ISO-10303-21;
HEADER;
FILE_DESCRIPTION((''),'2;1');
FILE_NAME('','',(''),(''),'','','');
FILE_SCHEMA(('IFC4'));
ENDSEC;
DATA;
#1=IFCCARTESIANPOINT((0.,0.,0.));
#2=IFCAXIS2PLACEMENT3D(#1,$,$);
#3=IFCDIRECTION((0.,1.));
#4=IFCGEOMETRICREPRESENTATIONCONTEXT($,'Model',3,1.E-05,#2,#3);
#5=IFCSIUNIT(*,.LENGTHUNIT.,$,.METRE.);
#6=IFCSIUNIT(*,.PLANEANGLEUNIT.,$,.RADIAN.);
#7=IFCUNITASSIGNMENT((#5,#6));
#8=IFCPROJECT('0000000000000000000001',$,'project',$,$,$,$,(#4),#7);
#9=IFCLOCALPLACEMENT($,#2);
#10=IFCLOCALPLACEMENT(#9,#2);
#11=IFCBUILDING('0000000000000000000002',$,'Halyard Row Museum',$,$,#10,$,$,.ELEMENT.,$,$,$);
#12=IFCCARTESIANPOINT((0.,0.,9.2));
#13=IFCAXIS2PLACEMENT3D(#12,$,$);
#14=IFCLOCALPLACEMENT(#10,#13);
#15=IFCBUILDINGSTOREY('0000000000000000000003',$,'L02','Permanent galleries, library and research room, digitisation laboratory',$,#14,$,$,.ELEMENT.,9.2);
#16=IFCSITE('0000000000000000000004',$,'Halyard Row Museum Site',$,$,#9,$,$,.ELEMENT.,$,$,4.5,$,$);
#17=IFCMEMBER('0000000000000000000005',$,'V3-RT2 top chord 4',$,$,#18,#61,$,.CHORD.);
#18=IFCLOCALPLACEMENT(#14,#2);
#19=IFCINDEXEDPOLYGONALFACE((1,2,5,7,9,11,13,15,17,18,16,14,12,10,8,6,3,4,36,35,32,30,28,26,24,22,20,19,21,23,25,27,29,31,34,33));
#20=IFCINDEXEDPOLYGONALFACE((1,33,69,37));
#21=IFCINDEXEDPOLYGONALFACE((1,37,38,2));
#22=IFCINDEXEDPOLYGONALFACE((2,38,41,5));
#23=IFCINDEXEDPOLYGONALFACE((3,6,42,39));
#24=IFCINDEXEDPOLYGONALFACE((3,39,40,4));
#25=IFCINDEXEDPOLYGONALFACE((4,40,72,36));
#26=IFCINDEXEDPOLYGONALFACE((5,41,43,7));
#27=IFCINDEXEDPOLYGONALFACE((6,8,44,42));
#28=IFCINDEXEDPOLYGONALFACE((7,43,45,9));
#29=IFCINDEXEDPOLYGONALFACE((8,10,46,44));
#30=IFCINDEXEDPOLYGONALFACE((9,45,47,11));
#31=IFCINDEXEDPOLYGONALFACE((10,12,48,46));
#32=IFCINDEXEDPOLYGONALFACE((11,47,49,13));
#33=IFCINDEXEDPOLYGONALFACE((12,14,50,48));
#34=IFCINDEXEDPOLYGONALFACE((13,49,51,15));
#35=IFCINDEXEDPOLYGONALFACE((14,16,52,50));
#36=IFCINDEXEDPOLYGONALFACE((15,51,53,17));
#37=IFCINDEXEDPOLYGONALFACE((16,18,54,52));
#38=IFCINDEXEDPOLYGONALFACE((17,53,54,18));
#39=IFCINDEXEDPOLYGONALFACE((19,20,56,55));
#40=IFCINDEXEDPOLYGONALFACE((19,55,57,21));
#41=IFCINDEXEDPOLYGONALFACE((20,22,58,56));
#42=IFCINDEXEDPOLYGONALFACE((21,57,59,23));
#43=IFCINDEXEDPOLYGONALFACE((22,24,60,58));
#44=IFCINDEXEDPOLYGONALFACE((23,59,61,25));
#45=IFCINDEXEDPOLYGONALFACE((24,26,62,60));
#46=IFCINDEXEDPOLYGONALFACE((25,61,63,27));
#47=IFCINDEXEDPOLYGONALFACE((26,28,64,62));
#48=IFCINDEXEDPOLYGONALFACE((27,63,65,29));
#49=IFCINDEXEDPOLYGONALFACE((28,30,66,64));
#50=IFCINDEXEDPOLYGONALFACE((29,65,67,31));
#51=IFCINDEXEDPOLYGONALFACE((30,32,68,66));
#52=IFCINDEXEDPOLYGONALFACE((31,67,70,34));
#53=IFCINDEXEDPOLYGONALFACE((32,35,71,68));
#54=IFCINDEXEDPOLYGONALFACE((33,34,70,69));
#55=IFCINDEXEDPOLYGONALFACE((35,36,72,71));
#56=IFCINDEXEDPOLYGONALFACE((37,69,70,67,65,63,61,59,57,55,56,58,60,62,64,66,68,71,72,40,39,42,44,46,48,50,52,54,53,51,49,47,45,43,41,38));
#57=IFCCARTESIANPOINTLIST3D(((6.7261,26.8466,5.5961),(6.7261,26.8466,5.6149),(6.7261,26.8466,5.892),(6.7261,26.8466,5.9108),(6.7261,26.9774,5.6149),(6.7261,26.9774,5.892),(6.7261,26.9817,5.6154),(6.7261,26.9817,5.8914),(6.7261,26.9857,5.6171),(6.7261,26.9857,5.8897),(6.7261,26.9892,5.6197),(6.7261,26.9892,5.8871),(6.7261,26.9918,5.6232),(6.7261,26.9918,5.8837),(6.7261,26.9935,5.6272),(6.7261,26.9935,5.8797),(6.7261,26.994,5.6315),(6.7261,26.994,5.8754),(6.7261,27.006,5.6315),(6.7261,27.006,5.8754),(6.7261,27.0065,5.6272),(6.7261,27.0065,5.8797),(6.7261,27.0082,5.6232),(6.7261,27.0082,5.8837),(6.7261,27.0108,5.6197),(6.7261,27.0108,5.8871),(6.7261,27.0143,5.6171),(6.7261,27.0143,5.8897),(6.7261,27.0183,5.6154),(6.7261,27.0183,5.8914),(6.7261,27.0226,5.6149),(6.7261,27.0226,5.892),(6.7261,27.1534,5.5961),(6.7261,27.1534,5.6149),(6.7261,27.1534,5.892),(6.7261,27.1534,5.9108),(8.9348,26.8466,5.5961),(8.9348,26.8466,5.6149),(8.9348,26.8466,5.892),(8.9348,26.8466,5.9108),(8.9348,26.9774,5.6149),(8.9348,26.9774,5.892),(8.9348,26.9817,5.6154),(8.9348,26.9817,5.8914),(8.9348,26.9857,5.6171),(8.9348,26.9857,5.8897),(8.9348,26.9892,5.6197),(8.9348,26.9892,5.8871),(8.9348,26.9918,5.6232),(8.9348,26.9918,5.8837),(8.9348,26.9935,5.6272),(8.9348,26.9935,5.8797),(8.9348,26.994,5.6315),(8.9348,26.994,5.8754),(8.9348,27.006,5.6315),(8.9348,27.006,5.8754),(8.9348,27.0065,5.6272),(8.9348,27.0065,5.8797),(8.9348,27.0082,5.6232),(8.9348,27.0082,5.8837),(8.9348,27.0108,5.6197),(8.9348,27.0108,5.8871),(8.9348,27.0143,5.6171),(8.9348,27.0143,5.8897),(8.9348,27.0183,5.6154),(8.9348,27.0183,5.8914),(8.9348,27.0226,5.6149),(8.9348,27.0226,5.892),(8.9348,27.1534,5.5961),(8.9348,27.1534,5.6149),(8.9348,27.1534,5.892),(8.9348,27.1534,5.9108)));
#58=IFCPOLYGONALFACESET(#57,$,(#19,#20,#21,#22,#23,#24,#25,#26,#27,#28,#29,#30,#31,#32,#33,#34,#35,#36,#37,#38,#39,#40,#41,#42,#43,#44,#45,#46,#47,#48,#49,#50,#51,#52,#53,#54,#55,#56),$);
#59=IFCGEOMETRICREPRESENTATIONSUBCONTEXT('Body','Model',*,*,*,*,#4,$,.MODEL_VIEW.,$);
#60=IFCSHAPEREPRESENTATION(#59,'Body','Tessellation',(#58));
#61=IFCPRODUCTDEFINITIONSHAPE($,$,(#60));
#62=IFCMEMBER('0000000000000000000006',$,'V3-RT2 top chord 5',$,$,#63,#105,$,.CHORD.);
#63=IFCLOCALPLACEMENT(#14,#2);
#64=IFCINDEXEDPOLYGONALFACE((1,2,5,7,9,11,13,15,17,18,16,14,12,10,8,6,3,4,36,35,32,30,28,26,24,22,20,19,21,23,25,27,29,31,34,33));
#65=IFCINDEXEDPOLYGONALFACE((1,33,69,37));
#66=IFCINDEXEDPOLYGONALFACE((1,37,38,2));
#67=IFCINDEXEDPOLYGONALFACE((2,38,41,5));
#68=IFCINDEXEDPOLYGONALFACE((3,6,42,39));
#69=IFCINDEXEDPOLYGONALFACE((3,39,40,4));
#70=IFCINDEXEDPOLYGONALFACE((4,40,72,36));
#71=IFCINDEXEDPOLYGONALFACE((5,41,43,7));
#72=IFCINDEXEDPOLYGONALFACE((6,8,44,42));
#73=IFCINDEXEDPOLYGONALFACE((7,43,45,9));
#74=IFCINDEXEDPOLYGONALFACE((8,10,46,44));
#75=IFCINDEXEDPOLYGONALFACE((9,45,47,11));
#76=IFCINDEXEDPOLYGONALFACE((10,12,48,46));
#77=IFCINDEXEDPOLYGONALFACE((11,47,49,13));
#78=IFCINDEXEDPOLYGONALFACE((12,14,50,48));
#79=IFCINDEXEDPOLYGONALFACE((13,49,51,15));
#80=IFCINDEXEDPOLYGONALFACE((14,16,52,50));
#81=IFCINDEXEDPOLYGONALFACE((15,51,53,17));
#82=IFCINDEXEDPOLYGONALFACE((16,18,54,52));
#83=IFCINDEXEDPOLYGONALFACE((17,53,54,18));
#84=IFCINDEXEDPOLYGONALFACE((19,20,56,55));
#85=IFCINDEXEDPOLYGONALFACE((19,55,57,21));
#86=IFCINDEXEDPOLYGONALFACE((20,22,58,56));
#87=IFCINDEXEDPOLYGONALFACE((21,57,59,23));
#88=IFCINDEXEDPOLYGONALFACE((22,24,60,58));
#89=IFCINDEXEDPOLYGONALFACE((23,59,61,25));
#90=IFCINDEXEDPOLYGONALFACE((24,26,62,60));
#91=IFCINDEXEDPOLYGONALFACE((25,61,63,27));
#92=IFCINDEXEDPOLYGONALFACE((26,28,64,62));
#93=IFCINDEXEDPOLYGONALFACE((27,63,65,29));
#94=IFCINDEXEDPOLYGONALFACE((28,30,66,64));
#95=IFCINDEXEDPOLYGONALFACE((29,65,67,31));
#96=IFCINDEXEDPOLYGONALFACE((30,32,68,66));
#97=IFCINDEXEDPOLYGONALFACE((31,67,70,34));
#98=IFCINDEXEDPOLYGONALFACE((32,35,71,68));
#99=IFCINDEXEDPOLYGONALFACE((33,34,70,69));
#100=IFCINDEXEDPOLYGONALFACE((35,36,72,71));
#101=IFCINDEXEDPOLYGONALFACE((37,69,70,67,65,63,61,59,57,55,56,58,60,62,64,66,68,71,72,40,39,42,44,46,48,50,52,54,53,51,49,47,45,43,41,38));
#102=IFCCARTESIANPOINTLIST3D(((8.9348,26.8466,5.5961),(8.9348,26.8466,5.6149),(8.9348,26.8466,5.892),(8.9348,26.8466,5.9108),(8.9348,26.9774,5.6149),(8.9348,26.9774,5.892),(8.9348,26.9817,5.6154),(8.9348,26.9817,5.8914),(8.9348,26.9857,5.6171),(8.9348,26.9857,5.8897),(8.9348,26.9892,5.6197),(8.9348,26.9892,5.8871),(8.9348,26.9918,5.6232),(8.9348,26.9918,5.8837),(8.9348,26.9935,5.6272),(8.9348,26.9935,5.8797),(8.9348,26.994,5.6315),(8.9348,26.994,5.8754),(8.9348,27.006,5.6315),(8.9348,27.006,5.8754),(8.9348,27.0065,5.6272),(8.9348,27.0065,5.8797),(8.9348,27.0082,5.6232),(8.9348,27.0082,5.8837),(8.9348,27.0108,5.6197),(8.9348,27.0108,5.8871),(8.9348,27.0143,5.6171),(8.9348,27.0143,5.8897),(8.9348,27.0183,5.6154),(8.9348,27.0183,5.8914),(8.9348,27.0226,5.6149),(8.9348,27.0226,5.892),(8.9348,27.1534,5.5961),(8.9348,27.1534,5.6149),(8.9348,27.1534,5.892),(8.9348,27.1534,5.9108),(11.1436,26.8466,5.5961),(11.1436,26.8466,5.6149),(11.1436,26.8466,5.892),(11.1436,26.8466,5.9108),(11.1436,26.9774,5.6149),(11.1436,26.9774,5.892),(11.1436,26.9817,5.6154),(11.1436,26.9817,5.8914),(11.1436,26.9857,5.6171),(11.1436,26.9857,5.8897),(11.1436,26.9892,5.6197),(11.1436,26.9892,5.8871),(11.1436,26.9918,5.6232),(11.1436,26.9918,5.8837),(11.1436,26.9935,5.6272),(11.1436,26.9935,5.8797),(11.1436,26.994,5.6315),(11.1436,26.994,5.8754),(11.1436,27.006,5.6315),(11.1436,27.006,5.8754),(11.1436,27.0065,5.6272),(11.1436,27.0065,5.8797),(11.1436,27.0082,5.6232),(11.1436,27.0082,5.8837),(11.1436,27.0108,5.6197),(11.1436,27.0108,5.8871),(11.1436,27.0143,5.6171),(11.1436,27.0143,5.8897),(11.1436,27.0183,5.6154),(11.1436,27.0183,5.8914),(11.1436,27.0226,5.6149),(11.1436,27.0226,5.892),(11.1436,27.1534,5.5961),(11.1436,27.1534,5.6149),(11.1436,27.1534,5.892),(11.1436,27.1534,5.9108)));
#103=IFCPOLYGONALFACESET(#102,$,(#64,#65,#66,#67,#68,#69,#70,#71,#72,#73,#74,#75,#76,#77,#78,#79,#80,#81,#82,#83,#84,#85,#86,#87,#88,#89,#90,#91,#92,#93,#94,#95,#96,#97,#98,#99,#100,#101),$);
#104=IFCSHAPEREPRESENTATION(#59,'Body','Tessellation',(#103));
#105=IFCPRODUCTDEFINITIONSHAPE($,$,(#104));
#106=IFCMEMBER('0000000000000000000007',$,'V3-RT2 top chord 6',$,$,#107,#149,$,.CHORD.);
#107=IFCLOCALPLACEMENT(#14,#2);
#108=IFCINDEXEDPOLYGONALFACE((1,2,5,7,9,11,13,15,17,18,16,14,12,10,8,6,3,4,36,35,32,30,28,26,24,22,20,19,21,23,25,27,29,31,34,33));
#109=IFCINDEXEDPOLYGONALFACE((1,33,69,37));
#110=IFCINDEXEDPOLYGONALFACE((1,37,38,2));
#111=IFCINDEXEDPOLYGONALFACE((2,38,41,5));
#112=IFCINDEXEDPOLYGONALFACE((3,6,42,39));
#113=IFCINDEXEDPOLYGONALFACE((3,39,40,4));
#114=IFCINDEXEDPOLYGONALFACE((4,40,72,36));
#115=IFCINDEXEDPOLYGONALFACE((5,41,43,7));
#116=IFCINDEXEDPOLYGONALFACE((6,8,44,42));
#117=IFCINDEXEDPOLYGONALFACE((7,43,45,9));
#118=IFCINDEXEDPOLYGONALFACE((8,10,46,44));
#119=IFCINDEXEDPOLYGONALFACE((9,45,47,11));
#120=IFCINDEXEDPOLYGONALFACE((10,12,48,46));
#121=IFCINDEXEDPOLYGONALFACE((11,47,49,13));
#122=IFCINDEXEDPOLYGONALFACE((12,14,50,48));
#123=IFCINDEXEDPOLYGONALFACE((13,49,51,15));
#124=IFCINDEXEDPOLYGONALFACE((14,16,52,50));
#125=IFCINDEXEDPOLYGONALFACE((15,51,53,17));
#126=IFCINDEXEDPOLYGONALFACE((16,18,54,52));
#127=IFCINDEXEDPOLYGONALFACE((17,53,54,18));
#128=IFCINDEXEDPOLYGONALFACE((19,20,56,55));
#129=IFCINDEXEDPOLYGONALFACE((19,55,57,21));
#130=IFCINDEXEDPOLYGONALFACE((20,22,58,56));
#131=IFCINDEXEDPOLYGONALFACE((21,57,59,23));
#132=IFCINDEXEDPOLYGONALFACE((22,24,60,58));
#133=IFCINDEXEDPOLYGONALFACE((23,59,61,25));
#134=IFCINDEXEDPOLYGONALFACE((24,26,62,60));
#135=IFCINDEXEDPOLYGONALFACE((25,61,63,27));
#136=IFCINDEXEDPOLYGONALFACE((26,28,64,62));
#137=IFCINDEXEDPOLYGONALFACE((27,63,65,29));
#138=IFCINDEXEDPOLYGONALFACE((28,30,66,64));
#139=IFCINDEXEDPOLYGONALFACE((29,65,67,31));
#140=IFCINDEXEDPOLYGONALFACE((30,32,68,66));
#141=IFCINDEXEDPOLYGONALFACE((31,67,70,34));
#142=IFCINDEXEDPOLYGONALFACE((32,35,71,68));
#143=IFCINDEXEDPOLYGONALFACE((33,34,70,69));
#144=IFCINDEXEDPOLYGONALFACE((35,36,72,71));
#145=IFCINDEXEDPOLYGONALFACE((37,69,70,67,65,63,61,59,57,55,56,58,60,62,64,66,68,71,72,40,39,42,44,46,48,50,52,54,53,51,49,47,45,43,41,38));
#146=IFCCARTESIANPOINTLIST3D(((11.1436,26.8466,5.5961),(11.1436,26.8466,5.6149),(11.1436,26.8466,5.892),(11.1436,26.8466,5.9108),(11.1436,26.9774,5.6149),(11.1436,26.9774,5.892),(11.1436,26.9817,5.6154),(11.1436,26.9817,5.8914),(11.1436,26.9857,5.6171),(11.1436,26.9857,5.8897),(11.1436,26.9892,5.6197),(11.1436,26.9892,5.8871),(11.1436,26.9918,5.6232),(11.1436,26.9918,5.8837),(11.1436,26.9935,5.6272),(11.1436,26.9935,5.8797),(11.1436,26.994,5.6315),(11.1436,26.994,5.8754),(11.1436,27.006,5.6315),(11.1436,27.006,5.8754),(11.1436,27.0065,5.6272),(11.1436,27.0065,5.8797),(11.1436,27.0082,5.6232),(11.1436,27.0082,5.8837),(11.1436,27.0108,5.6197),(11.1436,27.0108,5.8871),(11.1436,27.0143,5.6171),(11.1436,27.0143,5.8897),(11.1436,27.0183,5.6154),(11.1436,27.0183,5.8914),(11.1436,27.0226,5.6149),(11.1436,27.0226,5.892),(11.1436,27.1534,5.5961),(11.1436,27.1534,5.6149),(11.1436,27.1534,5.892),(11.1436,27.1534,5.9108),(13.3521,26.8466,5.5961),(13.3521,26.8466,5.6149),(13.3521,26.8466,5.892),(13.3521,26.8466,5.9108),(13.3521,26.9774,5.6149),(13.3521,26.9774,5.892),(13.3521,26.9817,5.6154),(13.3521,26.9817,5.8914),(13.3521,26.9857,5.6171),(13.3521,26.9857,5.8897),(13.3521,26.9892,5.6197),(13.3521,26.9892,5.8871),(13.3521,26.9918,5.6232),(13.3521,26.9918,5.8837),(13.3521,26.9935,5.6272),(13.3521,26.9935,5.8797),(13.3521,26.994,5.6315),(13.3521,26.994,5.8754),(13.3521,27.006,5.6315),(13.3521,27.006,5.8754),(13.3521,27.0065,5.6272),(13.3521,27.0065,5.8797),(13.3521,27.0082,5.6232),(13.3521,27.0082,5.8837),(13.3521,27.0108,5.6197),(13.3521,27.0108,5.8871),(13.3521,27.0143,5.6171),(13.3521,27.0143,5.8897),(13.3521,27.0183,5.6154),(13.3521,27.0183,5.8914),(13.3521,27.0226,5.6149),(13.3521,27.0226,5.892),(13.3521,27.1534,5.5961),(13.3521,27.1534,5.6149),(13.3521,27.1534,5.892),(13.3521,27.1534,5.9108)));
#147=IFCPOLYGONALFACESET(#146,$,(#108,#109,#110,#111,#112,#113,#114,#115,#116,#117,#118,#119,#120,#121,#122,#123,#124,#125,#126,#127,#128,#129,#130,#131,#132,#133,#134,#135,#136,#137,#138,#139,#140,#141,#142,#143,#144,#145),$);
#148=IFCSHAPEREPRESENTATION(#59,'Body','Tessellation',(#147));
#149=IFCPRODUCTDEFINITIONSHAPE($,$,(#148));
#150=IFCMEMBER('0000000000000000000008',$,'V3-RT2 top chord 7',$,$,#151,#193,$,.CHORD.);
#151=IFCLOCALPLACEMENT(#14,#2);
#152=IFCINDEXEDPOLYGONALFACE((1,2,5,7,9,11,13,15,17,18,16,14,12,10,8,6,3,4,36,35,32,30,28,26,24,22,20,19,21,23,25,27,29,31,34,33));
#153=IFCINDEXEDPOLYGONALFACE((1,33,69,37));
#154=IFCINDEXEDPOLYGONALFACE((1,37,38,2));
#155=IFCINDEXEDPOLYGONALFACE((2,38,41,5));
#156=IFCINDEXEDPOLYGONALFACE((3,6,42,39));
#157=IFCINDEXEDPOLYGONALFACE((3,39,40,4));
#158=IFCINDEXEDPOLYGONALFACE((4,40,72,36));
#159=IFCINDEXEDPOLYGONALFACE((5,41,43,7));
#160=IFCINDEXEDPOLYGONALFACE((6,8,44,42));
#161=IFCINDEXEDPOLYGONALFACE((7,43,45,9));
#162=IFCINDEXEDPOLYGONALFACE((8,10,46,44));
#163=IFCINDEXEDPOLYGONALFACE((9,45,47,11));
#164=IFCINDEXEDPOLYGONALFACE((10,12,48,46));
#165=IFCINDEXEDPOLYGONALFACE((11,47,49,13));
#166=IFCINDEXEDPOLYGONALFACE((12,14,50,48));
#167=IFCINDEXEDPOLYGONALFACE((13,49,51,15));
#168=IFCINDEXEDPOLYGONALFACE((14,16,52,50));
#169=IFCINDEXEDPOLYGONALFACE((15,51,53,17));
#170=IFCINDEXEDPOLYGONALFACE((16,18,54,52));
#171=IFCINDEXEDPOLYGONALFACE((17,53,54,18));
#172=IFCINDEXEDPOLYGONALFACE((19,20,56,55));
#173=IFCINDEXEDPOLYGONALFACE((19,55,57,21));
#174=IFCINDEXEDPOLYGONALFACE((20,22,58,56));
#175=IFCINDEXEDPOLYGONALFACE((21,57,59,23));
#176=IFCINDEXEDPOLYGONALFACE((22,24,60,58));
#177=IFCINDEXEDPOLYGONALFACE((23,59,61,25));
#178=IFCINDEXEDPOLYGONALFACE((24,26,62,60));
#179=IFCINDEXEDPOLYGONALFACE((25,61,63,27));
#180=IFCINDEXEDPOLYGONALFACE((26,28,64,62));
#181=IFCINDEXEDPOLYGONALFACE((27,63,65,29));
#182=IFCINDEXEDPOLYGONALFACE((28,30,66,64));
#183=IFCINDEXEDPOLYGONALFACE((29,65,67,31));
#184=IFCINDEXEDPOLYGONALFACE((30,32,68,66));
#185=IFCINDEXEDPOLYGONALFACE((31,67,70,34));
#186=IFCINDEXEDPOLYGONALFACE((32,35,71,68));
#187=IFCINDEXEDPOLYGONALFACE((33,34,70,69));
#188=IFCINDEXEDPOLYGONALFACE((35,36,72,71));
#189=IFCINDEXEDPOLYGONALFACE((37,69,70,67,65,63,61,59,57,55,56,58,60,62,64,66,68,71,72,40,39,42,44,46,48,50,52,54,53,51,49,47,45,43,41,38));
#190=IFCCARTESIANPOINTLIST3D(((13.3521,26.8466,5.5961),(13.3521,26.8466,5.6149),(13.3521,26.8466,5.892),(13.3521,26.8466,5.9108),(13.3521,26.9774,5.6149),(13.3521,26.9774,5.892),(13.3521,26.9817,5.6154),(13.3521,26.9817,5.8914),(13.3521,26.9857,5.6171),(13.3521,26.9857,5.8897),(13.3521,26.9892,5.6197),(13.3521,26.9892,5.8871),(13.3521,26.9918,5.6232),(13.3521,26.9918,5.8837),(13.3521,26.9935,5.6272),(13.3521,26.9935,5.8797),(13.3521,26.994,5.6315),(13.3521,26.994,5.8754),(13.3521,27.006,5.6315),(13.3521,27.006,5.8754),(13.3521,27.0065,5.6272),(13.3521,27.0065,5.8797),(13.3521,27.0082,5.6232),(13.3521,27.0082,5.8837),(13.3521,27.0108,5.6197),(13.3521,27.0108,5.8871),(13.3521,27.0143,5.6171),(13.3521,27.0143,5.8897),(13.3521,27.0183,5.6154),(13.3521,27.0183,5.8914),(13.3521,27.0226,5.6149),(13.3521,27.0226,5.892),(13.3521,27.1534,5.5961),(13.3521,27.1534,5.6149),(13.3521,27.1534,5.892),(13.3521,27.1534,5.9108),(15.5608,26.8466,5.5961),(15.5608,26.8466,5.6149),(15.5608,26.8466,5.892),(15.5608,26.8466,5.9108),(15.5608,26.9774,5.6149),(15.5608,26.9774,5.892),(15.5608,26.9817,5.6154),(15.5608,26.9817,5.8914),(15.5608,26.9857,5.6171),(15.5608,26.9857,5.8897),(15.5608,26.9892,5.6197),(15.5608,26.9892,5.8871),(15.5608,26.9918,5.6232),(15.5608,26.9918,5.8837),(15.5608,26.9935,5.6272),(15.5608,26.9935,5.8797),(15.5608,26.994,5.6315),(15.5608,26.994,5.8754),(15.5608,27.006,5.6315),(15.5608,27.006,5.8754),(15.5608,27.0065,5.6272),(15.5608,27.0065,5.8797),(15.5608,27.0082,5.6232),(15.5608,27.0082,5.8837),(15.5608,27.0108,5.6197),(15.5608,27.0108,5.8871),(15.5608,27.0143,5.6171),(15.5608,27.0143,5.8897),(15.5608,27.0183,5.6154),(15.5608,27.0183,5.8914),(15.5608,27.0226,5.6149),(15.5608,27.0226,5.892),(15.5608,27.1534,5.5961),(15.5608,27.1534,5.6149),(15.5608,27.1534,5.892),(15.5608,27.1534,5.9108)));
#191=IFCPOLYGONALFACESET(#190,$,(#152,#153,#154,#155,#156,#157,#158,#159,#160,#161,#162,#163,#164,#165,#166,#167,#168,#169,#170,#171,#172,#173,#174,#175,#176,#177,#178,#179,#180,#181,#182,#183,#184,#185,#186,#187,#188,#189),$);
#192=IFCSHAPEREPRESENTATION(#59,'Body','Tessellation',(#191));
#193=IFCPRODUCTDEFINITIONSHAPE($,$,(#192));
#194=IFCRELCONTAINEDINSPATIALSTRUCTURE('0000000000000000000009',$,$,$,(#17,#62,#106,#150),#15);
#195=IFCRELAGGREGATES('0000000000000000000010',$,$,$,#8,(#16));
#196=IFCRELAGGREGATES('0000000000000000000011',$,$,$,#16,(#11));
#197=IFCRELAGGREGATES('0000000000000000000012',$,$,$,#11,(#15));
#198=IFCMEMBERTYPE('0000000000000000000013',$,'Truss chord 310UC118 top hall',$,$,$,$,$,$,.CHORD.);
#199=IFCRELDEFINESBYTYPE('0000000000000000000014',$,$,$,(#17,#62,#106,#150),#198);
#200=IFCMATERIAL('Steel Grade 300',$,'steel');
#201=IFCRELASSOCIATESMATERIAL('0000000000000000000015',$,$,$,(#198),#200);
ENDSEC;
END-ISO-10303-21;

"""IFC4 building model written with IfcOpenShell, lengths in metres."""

from ifc_helpers import new_model, si_unit, direction, frame, origin, origin_2d, place, context, subcontext, project, spatial, i_section, extrude, material, material_profile, profile_set, type_object, element, save


model = new_model("IFC4")

# Units and contexts
model_context = context("Model", 3, precision=1e-05, world=origin(), true_north=direction((0.0, 1.0)))
body_context = subcontext(model_context, "Body", "Model", "MODEL_VIEW")
ifc_project = project(units=[si_unit("LENGTHUNIT", "METRE"), si_unit("PLANEANGLEUNIT", "RADIAN")], contexts=[model_context])

# Site, building, storey
site_placement = place(None, origin())
site = spatial("IfcSite", under=ifc_project, at=site_placement, Name="Halyard Row Museum Site", CompositionType="ELEMENT", RefElevation=4.5)
building_placement = place(site_placement, origin())
building = spatial("IfcBuilding", under=site, at=building_placement, Name="Halyard Row Museum", CompositionType="ELEMENT")
storey_placement = place(building_placement, frame((0.0, 0.0, 9.2)))
storey = spatial("IfcBuildingStorey", under=building, at=storey_placement, Name="L02", Description="Permanent galleries, library and research room, digitisation laboratory", CompositionType="ELEMENT", Elevation=9.2)

# Members
ifc_material_1 = material(Name="Steel Grade 300", Category="steel")
ifc_material_profile_1 = material_profile(ifc_material_1, i_section(OverallWidth=0.3069, OverallDepth=0.3147, WebThickness=0.012, FlangeThickness=0.0188, FilletRadius=0.0166, at=origin_2d()), Name="310UC118")
ifc_profile_set_1 = profile_set([ifc_material_profile_1], Name="Steel Grade 300")
member_type_1 = type_object("IfcMemberType", Name="Truss chord 310UC118 top hall", PredefinedType="CHORD", material=ifc_profile_set_1)
for number, where, z_axis, x_axis, name in (
    (1, (6.7261, 27.0, 5.7534), (1.0, 0.0, 0.0), (0.0, 1.0, 0.0), "V3-RT2 top chord 4"),
    (2, (8.9348, 27.0, 5.7534), (1.0, 0.0, 0.0), (0.0, 1.0, 0.0), "V3-RT2 top chord 5"),
):
    element("IfcMember", number, at=place(storey_placement, frame(where, z_axis=z_axis, x_axis=x_axis)), inside=storey, type_object=member_type_1, Name=name, PredefinedType="CHORD", context=body_context, shape_type="SweptSolid", body=[
        extrude(i_section(OverallWidth=0.3069, OverallDepth=0.3147, WebThickness=0.012, FlangeThickness=0.0188, FilletRadius=0.0166, at=origin_2d()), origin(), (0.0, 0.0, 1.0), 2.2087),
    ])
member_1_placement = place(storey_placement, frame((11.1436, 27.0, 5.7534), z_axis=(1.0, 0.0, 0.0), x_axis=(0.0, 1.0, 0.0)))
element("IfcMember", 3, at=member_1_placement, inside=storey, type_object=member_type_1, Name="V3-RT2 top chord 6", PredefinedType="CHORD", context=body_context, shape_type="SweptSolid", body=[
    extrude(i_section(OverallWidth=0.3069, OverallDepth=0.3147, WebThickness=0.012, FlangeThickness=0.0188, FilletRadius=0.0166, at=origin_2d()), origin(), (0.0, 0.0, 1.0), 2.2085),
])
for number, where, z_axis, x_axis, name in (
    (4, (13.3521, 27.0, 5.7534), (1.0, 0.0, 0.0), (0.0, 1.0, 0.0), "V3-RT2 top chord 7"),
):
    element("IfcMember", number, at=place(storey_placement, frame(where, z_axis=z_axis, x_axis=x_axis)), inside=storey, type_object=member_type_1, Name=name, PredefinedType="CHORD", context=body_context, shape_type="SweptSolid", body=[
        extrude(i_section(OverallWidth=0.3069, OverallDepth=0.3147, WebThickness=0.012, FlangeThickness=0.0188, FilletRadius=0.0166, at=origin_2d()), origin(), (0.0, 0.0, 1.0), 2.2087),
    ])

save(model, "model.ifc")
